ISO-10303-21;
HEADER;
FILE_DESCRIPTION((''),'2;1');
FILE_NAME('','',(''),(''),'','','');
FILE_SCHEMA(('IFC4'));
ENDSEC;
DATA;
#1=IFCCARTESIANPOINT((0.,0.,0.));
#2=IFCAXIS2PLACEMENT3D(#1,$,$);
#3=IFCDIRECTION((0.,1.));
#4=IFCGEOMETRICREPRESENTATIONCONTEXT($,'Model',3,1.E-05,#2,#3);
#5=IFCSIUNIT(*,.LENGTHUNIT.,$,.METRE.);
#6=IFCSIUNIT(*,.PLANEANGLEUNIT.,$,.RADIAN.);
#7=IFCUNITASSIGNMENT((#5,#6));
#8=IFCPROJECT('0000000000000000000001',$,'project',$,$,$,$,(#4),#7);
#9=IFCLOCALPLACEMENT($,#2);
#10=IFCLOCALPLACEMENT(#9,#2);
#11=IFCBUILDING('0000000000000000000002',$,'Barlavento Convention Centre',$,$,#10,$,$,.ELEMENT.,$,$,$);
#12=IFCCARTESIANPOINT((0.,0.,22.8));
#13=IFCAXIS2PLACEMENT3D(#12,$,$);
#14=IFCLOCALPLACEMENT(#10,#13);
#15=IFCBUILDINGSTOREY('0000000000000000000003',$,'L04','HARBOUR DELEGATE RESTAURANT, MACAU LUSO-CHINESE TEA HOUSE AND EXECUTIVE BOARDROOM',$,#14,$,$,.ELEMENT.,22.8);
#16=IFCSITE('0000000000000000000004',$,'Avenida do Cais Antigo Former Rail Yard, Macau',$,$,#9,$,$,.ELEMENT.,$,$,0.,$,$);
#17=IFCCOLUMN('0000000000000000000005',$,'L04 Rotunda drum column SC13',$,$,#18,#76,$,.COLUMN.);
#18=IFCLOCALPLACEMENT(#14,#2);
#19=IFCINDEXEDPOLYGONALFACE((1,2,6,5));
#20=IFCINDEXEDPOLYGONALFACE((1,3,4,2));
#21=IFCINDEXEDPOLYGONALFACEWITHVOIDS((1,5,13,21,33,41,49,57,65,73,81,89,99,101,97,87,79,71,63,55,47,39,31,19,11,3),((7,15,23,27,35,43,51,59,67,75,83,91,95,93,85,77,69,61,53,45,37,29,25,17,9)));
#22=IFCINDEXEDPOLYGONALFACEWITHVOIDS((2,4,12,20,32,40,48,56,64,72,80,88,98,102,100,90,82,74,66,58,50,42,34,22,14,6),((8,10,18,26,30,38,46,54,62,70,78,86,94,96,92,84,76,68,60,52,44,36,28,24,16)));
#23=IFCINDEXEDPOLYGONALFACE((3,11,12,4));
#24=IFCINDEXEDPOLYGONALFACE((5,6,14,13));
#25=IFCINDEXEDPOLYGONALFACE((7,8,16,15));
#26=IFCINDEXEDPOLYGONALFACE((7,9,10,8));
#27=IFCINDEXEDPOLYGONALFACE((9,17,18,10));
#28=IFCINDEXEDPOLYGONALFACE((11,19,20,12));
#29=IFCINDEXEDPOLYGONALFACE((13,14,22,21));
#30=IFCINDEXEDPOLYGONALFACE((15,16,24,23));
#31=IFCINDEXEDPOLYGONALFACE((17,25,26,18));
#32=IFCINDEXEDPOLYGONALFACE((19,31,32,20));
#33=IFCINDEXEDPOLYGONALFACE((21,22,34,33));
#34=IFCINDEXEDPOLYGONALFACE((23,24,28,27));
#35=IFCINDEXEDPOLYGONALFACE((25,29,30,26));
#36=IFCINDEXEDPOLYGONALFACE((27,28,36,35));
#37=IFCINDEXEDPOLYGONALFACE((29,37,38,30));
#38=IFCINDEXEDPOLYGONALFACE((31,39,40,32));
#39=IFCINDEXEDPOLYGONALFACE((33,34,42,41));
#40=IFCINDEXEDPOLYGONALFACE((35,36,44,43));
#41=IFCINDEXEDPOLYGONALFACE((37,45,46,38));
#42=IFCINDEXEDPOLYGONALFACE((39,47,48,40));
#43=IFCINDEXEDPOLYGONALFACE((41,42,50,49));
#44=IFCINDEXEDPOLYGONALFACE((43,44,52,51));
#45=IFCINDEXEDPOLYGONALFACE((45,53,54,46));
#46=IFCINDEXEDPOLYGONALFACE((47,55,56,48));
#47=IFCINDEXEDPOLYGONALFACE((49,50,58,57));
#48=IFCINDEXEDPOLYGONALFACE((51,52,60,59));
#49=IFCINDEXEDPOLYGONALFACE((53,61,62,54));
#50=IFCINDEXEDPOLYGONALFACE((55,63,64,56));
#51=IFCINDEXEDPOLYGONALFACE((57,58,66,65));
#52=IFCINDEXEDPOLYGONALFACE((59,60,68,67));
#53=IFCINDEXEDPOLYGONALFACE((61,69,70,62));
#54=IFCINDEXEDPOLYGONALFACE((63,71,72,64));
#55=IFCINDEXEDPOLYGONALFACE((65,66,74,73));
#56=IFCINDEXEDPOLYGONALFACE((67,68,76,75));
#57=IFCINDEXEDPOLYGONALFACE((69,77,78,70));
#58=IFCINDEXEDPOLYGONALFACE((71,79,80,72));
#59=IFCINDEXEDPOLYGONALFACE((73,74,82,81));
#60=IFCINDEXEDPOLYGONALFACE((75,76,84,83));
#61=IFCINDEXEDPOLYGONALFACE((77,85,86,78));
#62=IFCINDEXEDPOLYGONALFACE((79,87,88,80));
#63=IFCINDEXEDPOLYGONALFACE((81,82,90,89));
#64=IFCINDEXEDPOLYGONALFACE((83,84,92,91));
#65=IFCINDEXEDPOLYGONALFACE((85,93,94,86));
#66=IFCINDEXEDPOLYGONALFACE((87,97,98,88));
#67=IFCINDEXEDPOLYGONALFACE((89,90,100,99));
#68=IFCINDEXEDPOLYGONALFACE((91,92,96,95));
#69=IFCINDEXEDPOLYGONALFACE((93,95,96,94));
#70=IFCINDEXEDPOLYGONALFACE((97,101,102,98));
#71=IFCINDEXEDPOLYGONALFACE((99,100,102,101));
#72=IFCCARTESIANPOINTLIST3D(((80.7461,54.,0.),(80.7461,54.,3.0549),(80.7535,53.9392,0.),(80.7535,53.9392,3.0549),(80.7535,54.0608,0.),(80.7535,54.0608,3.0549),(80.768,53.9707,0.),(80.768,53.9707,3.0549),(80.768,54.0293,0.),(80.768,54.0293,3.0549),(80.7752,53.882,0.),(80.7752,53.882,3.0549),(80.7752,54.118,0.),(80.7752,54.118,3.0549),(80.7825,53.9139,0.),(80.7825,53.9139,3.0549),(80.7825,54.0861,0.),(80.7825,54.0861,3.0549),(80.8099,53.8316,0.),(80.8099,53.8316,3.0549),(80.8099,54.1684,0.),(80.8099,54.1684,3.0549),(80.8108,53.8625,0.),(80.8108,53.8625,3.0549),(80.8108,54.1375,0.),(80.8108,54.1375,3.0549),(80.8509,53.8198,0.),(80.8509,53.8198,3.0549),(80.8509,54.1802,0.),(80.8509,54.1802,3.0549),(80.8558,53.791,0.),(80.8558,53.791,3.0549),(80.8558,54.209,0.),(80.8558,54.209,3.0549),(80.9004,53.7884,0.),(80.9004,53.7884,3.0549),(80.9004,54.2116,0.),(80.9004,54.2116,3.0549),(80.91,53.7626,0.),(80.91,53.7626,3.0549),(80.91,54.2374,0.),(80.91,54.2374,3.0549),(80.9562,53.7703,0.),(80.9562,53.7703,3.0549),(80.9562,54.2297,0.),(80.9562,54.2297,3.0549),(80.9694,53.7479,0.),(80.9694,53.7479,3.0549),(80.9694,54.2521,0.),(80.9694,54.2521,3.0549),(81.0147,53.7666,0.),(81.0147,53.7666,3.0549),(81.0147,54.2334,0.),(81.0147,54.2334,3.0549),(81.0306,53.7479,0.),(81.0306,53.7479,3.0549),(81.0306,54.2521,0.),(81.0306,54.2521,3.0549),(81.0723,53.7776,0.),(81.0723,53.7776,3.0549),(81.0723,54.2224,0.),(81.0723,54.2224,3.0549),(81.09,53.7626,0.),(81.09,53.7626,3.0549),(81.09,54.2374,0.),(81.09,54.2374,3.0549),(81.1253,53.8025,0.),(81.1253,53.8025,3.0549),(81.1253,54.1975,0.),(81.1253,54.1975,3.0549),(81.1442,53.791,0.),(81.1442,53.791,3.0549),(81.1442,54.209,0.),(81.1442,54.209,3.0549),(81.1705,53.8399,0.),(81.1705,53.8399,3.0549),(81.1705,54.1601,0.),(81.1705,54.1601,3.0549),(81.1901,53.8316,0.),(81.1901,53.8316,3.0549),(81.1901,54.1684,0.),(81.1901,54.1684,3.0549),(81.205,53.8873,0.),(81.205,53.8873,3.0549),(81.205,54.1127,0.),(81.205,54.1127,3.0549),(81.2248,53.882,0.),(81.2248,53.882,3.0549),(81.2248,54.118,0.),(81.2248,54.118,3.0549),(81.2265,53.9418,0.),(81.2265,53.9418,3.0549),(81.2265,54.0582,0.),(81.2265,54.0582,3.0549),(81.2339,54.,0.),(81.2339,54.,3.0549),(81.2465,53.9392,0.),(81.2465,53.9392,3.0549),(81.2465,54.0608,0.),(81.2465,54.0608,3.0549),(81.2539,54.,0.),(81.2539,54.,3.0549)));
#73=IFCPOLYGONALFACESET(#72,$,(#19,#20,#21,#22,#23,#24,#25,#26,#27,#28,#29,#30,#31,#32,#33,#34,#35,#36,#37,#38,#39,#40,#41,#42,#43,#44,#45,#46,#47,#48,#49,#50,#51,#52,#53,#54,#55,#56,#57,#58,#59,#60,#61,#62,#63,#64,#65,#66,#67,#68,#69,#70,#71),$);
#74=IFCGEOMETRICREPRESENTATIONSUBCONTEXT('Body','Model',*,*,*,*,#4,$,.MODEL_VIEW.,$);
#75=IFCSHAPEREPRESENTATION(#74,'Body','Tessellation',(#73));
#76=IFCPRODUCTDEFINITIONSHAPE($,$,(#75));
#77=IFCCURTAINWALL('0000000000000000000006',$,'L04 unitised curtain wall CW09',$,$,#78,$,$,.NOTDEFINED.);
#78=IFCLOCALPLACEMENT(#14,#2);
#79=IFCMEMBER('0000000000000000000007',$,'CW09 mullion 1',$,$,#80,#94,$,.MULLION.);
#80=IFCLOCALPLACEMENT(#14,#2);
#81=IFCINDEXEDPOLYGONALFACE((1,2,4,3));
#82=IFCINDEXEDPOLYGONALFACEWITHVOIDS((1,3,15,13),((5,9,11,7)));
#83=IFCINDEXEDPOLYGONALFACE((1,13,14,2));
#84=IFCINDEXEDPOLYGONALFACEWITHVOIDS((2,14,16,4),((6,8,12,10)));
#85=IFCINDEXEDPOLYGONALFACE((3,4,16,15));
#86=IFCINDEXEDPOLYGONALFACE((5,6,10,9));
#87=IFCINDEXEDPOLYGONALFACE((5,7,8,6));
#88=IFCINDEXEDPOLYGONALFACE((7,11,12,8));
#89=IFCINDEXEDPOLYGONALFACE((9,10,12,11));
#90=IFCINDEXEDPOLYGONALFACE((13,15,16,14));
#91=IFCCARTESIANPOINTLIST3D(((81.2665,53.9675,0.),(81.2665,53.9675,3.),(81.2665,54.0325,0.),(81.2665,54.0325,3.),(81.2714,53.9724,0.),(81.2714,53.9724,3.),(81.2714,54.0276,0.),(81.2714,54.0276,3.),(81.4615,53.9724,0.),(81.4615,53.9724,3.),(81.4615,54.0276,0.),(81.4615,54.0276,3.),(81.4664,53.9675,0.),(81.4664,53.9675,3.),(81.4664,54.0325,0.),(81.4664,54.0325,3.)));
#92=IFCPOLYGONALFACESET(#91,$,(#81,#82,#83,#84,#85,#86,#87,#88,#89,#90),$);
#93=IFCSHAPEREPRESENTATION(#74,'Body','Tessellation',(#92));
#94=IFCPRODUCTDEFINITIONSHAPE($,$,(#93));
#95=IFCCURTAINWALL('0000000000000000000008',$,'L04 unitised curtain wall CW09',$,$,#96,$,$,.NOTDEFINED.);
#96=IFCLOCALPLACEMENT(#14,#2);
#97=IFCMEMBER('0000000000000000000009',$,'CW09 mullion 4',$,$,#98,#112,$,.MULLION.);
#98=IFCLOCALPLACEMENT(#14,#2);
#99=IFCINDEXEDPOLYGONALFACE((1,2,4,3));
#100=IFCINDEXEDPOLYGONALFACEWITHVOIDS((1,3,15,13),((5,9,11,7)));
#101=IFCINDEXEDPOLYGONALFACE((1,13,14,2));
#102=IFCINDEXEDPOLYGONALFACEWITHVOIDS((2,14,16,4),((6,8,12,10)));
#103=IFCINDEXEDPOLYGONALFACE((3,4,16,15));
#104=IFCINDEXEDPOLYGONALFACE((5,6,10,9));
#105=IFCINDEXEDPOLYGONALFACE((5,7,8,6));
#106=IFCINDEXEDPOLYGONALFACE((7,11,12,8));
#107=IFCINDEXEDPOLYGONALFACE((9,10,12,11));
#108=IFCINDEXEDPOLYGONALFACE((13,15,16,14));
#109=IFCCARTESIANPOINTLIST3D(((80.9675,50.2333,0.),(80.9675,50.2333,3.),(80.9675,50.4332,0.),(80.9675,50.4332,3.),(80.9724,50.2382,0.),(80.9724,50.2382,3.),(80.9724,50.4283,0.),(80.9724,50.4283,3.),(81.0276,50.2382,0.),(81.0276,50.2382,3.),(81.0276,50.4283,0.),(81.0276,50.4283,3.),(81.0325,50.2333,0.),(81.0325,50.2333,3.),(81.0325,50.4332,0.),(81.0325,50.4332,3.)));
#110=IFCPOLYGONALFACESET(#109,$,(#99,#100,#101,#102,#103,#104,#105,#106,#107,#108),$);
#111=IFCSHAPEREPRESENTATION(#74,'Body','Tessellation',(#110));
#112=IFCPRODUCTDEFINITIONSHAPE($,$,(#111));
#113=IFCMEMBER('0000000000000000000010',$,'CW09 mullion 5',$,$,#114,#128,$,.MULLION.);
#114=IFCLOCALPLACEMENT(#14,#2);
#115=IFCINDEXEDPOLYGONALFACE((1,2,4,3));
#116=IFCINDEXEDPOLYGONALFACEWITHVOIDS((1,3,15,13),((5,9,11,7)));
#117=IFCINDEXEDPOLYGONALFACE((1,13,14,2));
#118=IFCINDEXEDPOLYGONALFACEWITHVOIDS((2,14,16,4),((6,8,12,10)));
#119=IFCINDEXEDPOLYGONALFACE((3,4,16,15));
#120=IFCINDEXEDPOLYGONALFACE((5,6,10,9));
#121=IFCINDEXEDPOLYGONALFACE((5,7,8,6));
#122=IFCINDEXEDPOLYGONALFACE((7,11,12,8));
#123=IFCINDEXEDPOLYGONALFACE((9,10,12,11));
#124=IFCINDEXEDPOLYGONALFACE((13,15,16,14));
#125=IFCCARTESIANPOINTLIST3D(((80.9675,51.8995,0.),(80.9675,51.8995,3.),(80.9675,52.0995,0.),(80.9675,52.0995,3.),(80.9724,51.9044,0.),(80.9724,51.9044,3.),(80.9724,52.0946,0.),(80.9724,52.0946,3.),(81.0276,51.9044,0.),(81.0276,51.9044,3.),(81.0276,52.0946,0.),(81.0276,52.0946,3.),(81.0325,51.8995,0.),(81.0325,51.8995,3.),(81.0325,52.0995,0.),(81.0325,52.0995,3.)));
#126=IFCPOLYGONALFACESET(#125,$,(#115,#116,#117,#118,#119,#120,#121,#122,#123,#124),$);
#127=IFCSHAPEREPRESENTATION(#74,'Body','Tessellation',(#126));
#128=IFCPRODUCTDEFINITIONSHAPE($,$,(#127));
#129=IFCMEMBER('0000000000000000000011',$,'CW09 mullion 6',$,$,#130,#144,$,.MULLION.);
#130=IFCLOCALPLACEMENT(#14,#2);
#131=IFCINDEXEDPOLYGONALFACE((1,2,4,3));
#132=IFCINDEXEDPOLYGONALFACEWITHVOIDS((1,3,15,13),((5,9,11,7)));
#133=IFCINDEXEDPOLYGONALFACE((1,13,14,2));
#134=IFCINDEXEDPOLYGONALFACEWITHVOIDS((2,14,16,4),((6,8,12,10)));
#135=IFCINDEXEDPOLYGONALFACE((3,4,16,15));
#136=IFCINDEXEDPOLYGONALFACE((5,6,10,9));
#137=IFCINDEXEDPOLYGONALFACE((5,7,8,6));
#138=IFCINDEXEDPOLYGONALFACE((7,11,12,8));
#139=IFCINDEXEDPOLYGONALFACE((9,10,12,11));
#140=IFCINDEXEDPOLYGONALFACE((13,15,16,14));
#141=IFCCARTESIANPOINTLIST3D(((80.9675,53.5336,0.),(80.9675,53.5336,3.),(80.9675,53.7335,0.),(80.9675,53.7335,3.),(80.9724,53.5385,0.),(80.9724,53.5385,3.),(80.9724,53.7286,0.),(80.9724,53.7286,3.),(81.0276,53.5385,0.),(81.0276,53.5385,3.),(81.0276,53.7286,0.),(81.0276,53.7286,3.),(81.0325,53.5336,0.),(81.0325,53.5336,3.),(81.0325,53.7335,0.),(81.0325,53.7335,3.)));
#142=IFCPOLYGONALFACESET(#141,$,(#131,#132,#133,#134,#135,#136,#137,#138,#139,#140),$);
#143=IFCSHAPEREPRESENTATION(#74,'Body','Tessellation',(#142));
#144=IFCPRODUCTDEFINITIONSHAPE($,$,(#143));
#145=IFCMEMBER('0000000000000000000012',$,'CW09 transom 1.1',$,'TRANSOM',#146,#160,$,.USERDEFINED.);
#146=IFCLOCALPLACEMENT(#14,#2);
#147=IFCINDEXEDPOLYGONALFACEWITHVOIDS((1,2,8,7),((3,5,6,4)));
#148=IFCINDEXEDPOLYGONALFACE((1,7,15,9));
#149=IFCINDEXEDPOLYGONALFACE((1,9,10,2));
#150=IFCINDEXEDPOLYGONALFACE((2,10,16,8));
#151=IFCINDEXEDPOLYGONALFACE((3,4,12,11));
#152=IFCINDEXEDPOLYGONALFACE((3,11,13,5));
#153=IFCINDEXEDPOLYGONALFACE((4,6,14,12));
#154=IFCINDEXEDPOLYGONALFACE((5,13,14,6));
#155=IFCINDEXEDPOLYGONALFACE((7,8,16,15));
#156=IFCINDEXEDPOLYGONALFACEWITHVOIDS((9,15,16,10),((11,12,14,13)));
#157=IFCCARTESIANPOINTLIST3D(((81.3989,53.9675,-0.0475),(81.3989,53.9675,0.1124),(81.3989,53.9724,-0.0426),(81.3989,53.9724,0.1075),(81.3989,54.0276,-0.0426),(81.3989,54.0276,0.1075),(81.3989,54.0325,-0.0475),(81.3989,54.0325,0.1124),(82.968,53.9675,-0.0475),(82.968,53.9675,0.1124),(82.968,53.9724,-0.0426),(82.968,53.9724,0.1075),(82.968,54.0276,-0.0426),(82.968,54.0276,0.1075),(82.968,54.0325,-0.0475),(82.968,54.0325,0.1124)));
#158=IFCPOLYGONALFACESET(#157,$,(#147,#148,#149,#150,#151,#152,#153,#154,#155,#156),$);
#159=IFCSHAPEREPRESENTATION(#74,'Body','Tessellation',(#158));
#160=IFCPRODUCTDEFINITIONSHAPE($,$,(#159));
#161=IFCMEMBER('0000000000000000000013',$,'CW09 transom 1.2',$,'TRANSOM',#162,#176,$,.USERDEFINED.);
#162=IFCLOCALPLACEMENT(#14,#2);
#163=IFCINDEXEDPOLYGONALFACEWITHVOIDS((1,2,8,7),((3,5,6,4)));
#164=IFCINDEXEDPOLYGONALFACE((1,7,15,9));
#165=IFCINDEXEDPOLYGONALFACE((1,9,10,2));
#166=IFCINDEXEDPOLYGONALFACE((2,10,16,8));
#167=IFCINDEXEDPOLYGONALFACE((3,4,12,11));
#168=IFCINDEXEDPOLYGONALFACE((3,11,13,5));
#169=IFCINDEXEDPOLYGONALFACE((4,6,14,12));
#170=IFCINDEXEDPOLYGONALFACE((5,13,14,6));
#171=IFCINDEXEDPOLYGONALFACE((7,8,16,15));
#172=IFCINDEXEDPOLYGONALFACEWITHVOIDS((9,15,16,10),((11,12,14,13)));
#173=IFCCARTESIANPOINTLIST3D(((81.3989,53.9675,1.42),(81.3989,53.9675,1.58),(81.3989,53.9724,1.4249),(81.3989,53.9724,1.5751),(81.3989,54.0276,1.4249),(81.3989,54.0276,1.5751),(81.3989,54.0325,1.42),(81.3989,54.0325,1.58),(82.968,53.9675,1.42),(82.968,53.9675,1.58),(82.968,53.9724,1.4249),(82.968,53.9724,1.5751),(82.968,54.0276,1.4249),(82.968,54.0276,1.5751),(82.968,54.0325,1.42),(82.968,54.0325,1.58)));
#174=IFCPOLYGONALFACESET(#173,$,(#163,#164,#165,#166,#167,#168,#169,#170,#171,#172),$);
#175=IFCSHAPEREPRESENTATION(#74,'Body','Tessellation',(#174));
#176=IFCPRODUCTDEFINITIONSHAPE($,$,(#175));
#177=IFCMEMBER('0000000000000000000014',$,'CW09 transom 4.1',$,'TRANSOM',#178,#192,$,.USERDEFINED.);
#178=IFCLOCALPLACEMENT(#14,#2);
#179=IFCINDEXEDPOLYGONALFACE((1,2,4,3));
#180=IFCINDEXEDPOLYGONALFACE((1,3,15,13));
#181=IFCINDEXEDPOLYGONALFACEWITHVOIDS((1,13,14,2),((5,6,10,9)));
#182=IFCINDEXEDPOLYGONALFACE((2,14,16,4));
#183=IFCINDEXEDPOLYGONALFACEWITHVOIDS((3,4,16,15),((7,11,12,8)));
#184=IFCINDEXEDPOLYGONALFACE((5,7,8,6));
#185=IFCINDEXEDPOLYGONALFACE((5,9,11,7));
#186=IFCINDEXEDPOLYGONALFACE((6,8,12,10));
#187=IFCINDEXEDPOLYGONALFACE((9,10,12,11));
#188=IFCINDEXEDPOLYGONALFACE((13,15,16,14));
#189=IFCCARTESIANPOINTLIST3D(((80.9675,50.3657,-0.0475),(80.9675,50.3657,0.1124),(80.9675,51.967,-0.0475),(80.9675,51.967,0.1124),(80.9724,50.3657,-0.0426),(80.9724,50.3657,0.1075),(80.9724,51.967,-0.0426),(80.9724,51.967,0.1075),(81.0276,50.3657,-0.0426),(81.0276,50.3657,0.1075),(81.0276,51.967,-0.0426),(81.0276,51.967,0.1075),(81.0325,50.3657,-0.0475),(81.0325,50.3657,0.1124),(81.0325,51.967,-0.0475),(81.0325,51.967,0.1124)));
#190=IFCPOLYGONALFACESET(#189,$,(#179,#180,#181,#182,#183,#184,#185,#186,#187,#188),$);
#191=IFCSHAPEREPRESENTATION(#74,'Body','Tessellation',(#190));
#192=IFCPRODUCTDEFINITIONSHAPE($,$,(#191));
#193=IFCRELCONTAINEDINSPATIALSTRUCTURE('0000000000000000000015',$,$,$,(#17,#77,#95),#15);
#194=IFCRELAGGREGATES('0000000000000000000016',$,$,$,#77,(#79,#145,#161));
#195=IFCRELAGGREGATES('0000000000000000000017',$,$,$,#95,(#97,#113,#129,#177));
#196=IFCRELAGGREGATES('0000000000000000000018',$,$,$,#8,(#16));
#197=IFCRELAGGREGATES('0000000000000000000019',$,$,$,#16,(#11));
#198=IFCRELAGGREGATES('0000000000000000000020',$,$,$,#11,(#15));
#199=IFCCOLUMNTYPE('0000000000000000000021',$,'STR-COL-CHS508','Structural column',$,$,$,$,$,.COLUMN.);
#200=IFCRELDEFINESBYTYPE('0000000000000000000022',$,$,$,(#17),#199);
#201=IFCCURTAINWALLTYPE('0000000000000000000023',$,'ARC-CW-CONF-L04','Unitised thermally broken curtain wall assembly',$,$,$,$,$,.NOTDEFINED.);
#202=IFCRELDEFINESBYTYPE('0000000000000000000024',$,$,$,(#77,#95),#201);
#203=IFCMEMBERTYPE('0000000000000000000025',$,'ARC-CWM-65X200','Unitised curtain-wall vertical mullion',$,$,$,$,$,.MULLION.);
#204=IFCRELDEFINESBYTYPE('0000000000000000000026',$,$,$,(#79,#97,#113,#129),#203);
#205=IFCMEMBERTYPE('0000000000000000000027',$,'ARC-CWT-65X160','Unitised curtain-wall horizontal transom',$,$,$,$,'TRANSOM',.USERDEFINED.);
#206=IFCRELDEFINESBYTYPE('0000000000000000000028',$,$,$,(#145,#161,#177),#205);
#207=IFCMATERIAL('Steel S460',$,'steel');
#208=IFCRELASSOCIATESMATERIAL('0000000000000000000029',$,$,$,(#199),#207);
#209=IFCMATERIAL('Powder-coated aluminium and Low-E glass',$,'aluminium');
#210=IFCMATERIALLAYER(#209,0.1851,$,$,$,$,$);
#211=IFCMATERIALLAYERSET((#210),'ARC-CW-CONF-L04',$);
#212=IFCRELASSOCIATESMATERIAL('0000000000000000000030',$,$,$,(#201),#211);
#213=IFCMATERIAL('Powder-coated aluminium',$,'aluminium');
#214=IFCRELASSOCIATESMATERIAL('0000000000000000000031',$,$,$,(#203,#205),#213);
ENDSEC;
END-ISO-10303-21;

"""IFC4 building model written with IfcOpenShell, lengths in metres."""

from ifc_helpers import new_model, si_unit, direction, frame, origin, origin_2d, place, context, subcontext, project, spatial, hollow_rectangle, hollow_circle, extrude, material, layer, layer_set, material_profile, profile_set, type_object, element, aggregate, save


model = new_model("IFC4")

# Units and contexts
model_context = context("Model", 3, precision=1e-05, world=origin(), true_north=direction((0.0, 1.0)))
body_context = subcontext(model_context, "Body", "Model", "MODEL_VIEW")
ifc_project = project(units=[si_unit("LENGTHUNIT", "METRE"), si_unit("PLANEANGLEUNIT", "RADIAN")], contexts=[model_context])

# Site, building, storey
site_placement = place(None, origin())
site = spatial("IfcSite", under=ifc_project, at=site_placement, Name="Avenida do Cais Antigo Former Rail Yard, Macau", CompositionType="ELEMENT", RefElevation=0.0)
building_placement = place(site_placement, origin())
building = spatial("IfcBuilding", under=site, at=building_placement, Name="Barlavento Convention Centre", CompositionType="ELEMENT")
storey_placement = place(building_placement, frame((0.0, 0.0, 22.8)))
storey = spatial("IfcBuildingStorey", under=building, at=storey_placement, Name="L04", Description="HARBOUR DELEGATE RESTAURANT, MACAU LUSO-CHINESE TEA HOUSE AND EXECUTIVE BOARDROOM", CompositionType="ELEMENT", Elevation=22.8)

# Column
ifc_material_1 = material(Name="Steel S460", Category="steel")
ifc_material_profile_1 = material_profile(ifc_material_1, hollow_circle(Radius=0.2539, WallThickness=0.02, at=origin_2d()), Name="CHS 508.0x20.0")
ifc_profile_set_1 = profile_set([ifc_material_profile_1], Name="Steel S460")
column_type = type_object("IfcColumnType", Name="STR-COL-CHS508", Description="Structural column", PredefinedType="COLUMN", material=ifc_profile_set_1)
column_placement = place(storey_placement, frame((81.0, 54.0, 0.0), z_axis=(0.0, 0.0, 1.0), x_axis=(1.0, 0.0, 0.0)))
element("IfcColumn", 1, at=column_placement, inside=storey, type_object=column_type, Name="L04 Rotunda drum column SC13", PredefinedType="COLUMN", context=body_context, shape_type="SweptSolid", body=[
    extrude(hollow_circle(Radius=0.2539, WallThickness=0.02, at=origin_2d()), origin(), (0.0, 0.0, 1.0), 3.0549),
])

# Curtain wall, member
ifc_material_2 = material(Name="Powder-coated aluminium and Low-E glass", Category="aluminium")
ifc_layer_1 = layer(ifc_material_2, 0.1851)
ifc_layer_set_1 = layer_set([ifc_layer_1], Name="ARC-CW-CONF-L04")
curtain_wall_type = type_object("IfcCurtainWallType", Name="ARC-CW-CONF-L04", Description="Unitised thermally broken curtain wall assembly", PredefinedType="NOTDEFINED", material=ifc_layer_set_1)
curtain_wall_1_placement = place(storey_placement, origin())
curtain_wall_1 = element("IfcCurtainWall", 2, at=curtain_wall_1_placement, inside=storey, type_object=curtain_wall_type, Name="L04 unitised curtain wall CW09", PredefinedType="NOTDEFINED")
ifc_material_3 = material(Name="Powder-coated aluminium", Category="aluminium")
ifc_material_profile_2 = material_profile(ifc_material_3, hollow_rectangle(XDim=0.0649, YDim=0.2, WallThickness=0.0049, at=origin_2d()), Name="AL-MULL 65x200x5")
ifc_profile_set_2 = profile_set([ifc_material_profile_2], Name="Powder-coated aluminium")
member_type_1 = type_object("IfcMemberType", Name="ARC-CWM-65X200", Description="Unitised curtain-wall vertical mullion", PredefinedType="MULLION", material=ifc_profile_set_2)
member_1_placement = place(storey_placement, frame((81.3665, 54.0, 0.0), z_axis=(0.0, 0.0, 1.0), x_axis=(0.0, 1.0, 0.0)))
member_1 = element("IfcMember", 3, at=member_1_placement, type_object=member_type_1, Name="CW09 mullion 1", PredefinedType="MULLION", context=body_context, shape_type="SweptSolid", body=[
    extrude(hollow_rectangle(XDim=0.0649, YDim=0.2, WallThickness=0.0049, at=origin_2d()), origin(), (0.0, 0.0, 1.0), 3.0),
])

# Curtain wall, members
curtain_wall_2_placement = place(storey_placement, origin())
curtain_wall_2 = element("IfcCurtainWall", 4, at=curtain_wall_2_placement, inside=storey, type_object=curtain_wall_type, Name="L04 unitised curtain wall CW09", PredefinedType="NOTDEFINED")
member_2_placement = place(storey_placement, frame((81.0, 50.3333, 0.0), z_axis=(0.0, 0.0, 1.0), x_axis=(-1.0, 0.0, 0.0)))
member_2 = element("IfcMember", 5, at=member_2_placement, type_object=member_type_1, Name="CW09 mullion 4", PredefinedType="MULLION", context=body_context, shape_type="SweptSolid", body=[
    extrude(hollow_rectangle(XDim=0.0649, YDim=0.2, WallThickness=0.0049, at=origin_2d()), origin(), (0.0, 0.0, 1.0), 3.0),
])
member_3_placement = place(storey_placement, frame((81.0, 51.9995, 0.0), z_axis=(0.0, 0.0, 1.0), x_axis=(-1.0, 0.0, 0.0)))
member_3 = element("IfcMember", 6, at=member_3_placement, type_object=member_type_1, Name="CW09 mullion 5", PredefinedType="MULLION", context=body_context, shape_type="SweptSolid", body=[
    extrude(hollow_rectangle(XDim=0.0649, YDim=0.2, WallThickness=0.0049, at=origin_2d()), origin(), (0.0, 0.0, 1.0), 3.0),
])
member_4_placement = place(storey_placement, frame((81.0, 53.6335, 0.0), z_axis=(0.0, 0.0, 1.0), x_axis=(-1.0, 0.0, 0.0)))
member_4 = element("IfcMember", 7, at=member_4_placement, type_object=member_type_1, Name="CW09 mullion 6", PredefinedType="MULLION", context=body_context, shape_type="SweptSolid", body=[
    extrude(hollow_rectangle(XDim=0.0649, YDim=0.2, WallThickness=0.0049, at=origin_2d()), origin(), (0.0, 0.0, 1.0), 3.0),
])

# Members
ifc_material_profile_3 = material_profile(ifc_material_3, hollow_rectangle(XDim=0.0649, YDim=0.1599, WallThickness=0.0049, at=origin_2d()), Name="AL-TRAN 65x160x5")
ifc_profile_set_3 = profile_set([ifc_material_profile_3], Name="Powder-coated aluminium")
member_type_2 = type_object("IfcMemberType", Name="ARC-CWT-65X160", Description="Unitised curtain-wall horizontal transom", ElementType="TRANSOM", PredefinedType="USERDEFINED", material=ifc_profile_set_3)
member_5_placement = place(storey_placement, frame((81.3989, 54.0, 0.0325), z_axis=(1.0, 0.0, 0.0), x_axis=(0.0, 1.0, 0.0)))
member_5 = element("IfcMember", 8, at=member_5_placement, type_object=member_type_2, Name="CW09 transom 1.1", ObjectType="TRANSOM", PredefinedType="USERDEFINED", context=body_context, shape_type="SweptSolid", body=[
    extrude(hollow_rectangle(XDim=0.0649, YDim=0.1599, WallThickness=0.0049, at=origin_2d()), origin(), (0.0, 0.0, 1.0), 1.5691),
])
member_6_placement = place(storey_placement, frame((81.3989, 54.0, 1.5), z_axis=(1.0, 0.0, 0.0), x_axis=(0.0, 1.0, 0.0)))
member_6 = element("IfcMember", 9, at=member_6_placement, type_object=member_type_2, Name="CW09 transom 1.2", ObjectType="TRANSOM", PredefinedType="USERDEFINED", context=body_context, shape_type="SweptSolid", body=[
    extrude(hollow_rectangle(XDim=0.0649, YDim=0.1599, WallThickness=0.0049, at=origin_2d()), origin(), (0.0, 0.0, 1.0), 1.5691),
])
aggregate(curtain_wall_1, [member_1, member_5, member_6])
member_7_placement = place(storey_placement, frame((81.0, 50.3657, 0.0325), z_axis=(0.0, 1.0, 0.0), x_axis=(-1.0, 0.0, 0.0)))
member_7 = element("IfcMember", 10, at=member_7_placement, type_object=member_type_2, Name="CW09 transom 4.1", ObjectType="TRANSOM", PredefinedType="USERDEFINED", context=body_context, shape_type="SweptSolid", body=[
    extrude(hollow_rectangle(XDim=0.0649, YDim=0.1599, WallThickness=0.0049, at=origin_2d()), origin(), (0.0, 0.0, 1.0), 1.6013),
])

aggregate(curtain_wall_2, [member_2, member_3, member_4, member_7])

save(model, "model.ifc")
